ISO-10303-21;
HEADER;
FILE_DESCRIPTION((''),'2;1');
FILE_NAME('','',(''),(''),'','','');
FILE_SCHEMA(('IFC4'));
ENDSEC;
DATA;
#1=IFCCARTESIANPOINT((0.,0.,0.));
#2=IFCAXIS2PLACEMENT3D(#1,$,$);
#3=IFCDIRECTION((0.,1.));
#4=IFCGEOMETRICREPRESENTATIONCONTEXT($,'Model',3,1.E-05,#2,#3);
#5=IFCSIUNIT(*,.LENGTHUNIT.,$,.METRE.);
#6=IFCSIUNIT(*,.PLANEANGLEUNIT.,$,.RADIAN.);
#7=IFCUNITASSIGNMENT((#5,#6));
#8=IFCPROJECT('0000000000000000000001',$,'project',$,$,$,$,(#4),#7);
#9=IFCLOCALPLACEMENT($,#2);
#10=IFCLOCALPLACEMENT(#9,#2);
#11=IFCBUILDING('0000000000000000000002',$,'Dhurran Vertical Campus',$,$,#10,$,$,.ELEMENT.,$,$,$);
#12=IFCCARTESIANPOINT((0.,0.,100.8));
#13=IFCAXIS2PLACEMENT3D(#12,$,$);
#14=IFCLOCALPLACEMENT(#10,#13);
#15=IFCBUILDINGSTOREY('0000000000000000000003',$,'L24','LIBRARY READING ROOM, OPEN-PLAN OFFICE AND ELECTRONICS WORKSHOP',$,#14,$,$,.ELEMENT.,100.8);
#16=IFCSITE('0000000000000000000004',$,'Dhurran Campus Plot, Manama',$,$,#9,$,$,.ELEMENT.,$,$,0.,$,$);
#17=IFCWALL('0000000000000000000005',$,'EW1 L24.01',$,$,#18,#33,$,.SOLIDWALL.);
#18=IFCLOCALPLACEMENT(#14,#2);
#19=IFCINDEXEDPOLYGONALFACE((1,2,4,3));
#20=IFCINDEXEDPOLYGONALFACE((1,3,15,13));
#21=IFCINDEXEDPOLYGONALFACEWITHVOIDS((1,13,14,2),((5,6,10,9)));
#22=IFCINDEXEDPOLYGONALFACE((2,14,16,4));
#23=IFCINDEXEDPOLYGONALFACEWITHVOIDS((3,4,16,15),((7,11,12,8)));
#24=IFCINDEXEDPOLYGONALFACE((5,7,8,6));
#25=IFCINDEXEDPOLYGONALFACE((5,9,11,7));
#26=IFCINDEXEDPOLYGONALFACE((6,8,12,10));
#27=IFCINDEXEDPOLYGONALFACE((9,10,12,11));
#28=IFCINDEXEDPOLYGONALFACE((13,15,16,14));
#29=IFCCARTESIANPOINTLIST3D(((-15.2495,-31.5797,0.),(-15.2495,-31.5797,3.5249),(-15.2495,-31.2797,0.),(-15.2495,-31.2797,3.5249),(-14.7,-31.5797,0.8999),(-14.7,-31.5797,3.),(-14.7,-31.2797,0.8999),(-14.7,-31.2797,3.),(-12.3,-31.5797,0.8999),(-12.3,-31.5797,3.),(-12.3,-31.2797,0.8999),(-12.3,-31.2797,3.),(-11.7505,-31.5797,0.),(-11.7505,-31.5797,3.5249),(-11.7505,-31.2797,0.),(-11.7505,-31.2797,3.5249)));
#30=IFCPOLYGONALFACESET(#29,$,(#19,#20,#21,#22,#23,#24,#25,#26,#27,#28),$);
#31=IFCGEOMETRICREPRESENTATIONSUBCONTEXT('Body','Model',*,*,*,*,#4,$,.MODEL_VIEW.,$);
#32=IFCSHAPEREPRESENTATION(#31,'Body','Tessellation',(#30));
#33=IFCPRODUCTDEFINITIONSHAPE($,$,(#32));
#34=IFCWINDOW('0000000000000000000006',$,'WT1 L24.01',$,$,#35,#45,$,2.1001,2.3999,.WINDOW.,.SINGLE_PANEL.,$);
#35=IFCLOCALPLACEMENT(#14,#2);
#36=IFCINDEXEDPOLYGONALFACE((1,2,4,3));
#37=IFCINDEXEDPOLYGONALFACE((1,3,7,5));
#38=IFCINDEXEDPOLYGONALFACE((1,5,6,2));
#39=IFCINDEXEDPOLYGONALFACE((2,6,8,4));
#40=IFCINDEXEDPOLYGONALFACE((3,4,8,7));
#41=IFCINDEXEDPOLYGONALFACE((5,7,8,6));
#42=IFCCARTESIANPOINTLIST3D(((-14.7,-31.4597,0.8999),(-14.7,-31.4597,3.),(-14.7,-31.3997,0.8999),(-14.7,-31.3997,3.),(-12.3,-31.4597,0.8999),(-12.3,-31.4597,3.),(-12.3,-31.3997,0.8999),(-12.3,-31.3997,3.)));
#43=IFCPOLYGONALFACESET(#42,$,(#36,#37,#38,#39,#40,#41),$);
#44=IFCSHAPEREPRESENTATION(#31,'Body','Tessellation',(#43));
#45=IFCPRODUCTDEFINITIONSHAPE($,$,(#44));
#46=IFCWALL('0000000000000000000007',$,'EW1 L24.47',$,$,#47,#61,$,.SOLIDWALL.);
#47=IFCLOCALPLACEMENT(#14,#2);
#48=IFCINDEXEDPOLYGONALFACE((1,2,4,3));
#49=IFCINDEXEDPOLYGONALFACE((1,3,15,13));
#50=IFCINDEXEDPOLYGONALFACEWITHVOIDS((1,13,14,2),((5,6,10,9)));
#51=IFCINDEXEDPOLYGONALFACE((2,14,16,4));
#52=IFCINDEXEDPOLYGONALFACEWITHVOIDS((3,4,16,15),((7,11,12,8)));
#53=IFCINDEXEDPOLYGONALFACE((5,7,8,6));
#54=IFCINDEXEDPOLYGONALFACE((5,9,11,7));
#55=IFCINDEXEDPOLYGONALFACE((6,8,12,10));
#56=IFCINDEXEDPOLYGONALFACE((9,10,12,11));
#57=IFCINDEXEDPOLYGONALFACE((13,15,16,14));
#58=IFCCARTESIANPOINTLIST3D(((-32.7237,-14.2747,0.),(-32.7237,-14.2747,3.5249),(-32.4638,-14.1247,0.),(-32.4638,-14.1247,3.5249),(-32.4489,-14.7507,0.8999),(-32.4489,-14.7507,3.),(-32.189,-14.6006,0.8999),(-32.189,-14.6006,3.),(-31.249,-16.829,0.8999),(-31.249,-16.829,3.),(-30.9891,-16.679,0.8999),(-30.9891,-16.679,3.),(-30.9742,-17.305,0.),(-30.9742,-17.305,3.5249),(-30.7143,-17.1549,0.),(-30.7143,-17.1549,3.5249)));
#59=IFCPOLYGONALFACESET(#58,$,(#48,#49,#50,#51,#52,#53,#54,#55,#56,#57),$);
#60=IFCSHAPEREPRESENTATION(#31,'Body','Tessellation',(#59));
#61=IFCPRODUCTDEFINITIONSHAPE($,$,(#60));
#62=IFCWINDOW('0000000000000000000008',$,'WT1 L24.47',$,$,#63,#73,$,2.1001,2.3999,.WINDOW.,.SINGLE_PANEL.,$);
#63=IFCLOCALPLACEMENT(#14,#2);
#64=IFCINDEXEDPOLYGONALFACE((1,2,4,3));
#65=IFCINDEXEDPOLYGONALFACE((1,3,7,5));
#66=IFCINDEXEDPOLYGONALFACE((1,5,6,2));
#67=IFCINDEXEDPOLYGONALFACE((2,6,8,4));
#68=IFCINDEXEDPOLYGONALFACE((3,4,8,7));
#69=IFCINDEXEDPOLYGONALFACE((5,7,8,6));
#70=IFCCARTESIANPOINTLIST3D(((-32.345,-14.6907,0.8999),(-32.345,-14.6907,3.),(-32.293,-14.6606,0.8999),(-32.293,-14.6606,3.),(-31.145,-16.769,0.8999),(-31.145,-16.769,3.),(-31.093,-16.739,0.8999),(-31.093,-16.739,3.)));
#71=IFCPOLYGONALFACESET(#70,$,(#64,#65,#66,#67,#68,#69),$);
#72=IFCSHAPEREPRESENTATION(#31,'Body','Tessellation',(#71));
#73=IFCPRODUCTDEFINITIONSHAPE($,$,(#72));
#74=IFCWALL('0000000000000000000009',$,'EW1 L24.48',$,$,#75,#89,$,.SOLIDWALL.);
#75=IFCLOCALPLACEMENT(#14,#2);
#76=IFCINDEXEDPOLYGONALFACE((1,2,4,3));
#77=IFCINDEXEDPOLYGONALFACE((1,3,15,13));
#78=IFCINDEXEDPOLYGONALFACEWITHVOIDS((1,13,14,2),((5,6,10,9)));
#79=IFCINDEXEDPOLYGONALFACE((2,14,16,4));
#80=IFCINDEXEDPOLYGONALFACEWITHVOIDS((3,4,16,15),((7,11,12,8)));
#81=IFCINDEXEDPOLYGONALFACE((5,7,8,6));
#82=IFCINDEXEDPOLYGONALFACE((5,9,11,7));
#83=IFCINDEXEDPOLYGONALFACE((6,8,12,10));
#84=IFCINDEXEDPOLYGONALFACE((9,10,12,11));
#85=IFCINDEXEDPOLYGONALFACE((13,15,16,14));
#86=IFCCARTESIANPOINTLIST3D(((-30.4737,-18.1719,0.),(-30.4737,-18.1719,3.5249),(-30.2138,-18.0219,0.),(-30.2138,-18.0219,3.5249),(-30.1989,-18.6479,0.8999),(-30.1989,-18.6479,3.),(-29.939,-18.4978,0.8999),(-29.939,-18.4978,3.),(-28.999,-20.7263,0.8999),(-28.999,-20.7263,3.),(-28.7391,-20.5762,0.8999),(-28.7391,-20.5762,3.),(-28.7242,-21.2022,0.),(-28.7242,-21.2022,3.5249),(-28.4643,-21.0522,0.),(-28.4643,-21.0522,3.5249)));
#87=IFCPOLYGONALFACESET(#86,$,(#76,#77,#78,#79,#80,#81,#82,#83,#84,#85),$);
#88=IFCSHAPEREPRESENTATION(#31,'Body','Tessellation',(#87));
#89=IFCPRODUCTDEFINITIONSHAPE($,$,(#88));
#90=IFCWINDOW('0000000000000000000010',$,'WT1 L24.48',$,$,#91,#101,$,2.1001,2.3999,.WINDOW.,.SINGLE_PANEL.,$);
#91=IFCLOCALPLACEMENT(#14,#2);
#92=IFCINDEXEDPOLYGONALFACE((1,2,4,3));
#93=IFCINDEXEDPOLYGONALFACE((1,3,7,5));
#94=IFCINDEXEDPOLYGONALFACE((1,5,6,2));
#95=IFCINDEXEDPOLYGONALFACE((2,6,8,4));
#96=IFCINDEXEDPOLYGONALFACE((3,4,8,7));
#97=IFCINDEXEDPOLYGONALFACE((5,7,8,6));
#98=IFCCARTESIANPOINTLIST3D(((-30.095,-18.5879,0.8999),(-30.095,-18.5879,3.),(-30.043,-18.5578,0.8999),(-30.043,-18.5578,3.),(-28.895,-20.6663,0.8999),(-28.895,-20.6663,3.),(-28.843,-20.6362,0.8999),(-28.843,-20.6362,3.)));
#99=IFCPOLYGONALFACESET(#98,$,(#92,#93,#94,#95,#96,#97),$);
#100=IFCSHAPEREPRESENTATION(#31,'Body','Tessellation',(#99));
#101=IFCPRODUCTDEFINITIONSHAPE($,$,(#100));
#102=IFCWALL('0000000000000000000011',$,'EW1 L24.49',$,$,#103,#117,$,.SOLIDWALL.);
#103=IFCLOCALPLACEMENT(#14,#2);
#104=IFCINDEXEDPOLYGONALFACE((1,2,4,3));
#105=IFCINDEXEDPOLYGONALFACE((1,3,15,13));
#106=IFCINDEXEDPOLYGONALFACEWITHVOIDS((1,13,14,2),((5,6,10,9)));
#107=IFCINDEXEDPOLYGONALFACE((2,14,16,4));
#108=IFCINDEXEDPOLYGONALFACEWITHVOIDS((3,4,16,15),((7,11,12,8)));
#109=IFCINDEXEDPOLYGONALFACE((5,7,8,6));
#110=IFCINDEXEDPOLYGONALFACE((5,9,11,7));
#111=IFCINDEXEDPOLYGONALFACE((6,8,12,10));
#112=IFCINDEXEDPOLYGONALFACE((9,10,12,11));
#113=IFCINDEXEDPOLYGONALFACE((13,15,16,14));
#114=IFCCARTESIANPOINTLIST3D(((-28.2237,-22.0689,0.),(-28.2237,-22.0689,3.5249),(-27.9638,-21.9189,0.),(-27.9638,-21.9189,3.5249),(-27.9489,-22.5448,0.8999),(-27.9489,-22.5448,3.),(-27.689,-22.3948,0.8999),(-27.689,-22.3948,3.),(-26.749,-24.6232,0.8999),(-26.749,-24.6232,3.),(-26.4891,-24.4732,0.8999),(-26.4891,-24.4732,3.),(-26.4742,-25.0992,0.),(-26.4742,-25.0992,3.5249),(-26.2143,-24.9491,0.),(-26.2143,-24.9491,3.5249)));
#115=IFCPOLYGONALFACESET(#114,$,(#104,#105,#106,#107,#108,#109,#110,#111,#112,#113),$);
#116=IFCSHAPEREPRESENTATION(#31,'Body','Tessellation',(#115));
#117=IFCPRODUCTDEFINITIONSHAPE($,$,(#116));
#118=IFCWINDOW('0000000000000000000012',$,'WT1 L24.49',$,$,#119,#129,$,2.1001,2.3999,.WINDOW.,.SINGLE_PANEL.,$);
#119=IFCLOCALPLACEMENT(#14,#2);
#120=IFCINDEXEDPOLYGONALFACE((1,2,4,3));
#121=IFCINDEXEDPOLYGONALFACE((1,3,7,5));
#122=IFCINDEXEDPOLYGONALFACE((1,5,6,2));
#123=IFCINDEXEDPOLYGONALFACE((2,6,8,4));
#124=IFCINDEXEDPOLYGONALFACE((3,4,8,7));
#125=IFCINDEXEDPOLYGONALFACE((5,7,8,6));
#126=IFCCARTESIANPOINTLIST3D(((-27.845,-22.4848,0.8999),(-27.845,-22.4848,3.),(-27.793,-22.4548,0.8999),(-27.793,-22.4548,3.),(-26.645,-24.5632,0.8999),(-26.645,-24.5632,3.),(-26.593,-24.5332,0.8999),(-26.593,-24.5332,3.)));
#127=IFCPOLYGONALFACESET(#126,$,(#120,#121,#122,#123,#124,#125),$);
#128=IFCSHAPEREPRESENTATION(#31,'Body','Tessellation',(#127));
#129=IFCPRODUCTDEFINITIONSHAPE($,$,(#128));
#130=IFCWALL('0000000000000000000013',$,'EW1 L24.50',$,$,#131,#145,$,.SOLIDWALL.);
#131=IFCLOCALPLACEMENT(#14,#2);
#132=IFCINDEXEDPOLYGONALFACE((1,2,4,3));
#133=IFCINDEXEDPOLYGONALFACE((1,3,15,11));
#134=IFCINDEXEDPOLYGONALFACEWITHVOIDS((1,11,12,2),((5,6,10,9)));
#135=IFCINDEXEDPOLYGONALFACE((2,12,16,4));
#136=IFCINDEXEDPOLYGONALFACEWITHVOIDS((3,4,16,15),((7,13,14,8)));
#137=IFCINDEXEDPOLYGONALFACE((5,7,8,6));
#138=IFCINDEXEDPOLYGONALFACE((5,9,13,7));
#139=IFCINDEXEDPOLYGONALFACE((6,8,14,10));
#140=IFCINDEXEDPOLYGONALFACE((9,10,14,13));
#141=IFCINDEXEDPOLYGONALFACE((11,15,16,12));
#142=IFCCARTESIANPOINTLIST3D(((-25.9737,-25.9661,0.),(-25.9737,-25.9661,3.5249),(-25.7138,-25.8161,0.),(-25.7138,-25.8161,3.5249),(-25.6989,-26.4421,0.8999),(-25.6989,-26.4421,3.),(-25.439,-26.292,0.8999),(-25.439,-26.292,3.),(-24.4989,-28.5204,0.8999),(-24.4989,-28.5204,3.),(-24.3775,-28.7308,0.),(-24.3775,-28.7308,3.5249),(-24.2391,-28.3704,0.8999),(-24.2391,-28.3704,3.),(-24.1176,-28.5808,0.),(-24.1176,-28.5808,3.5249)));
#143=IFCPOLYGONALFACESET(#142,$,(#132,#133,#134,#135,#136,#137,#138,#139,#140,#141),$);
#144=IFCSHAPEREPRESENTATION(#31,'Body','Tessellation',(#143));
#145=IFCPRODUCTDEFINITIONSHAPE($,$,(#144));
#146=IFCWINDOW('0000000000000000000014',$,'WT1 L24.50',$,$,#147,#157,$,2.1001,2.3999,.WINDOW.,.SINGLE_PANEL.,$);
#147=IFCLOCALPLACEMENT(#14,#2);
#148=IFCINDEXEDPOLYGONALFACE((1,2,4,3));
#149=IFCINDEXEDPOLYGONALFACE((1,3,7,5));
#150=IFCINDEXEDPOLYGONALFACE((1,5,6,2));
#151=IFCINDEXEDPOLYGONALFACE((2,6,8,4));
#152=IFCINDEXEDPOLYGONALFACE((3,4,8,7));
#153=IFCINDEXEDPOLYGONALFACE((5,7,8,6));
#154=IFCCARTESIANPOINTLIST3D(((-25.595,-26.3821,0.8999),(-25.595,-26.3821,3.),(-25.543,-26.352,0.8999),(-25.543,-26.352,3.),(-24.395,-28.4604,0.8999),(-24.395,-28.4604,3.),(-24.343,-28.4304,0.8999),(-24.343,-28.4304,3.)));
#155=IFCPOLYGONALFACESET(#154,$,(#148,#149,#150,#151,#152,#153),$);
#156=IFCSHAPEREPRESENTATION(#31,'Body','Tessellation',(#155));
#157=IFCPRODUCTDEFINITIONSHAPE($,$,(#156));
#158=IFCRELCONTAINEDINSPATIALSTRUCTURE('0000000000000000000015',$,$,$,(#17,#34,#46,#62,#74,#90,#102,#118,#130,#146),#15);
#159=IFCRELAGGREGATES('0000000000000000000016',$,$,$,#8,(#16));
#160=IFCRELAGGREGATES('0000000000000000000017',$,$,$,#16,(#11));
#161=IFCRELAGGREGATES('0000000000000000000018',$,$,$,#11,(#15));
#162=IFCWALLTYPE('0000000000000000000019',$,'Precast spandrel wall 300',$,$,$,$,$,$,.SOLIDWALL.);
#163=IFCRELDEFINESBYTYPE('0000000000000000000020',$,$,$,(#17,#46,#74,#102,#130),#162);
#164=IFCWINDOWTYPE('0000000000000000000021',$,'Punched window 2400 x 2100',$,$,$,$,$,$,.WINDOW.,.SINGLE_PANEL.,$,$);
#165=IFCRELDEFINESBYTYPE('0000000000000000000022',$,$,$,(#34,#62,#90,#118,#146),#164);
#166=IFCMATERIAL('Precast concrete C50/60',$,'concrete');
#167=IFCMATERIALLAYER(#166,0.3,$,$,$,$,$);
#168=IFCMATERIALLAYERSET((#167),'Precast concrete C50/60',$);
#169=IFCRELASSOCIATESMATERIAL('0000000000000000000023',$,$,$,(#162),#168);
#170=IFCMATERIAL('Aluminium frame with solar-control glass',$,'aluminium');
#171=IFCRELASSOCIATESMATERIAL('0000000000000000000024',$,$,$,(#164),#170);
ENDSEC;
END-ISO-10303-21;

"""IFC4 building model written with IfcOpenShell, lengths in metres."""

from ifc_helpers import new_model, si_unit, direction, frame, frame_2d, origin, place, context, subcontext, project, spatial, rectangle, extrude, material, layer, layer_set, type_object, element, fill, save


model = new_model("IFC4")

# Units and contexts
model_context = context("Model", 3, precision=1e-05, world=origin(), true_north=direction((0.0, 1.0)))
body_context = subcontext(model_context, "Body", "Model", "MODEL_VIEW")
ifc_project = project(units=[si_unit("LENGTHUNIT", "METRE"), si_unit("PLANEANGLEUNIT", "RADIAN")], contexts=[model_context])

# Site, building, storey
site_placement = place(None, origin())
site = spatial("IfcSite", under=ifc_project, at=site_placement, Name="Dhurran Campus Plot, Manama", CompositionType="ELEMENT", RefElevation=0.0)
building_placement = place(site_placement, origin())
building = spatial("IfcBuilding", under=site, at=building_placement, Name="Dhurran Vertical Campus", CompositionType="ELEMENT")
storey_placement = place(building_placement, frame((0.0, 0.0, 100.8)))
storey = spatial("IfcBuildingStorey", under=building, at=storey_placement, Name="L24", Description="LIBRARY READING ROOM, OPEN-PLAN OFFICE AND ELECTRONICS WORKSHOP", CompositionType="ELEMENT", Elevation=100.8)

# Walls, openings, windows
ifc_material_1 = material(Name="Precast concrete C50/60", Category="concrete")
ifc_layer_1 = layer(ifc_material_1, 0.3)
ifc_layer_set_1 = layer_set([ifc_layer_1], Name="Precast concrete C50/60")
wall_type_1 = type_object("IfcWallType", Name="Precast spandrel wall 300", PredefinedType="SOLIDWALL", material=ifc_layer_set_1)
ifc_material_2 = material(Name="Aluminium frame with solar-control glass", Category="aluminium")
window_type = type_object("IfcWindowType", Name="Punched window 2400 x 2100", PartitioningType="SINGLE_PANEL", PredefinedType="WINDOW", material=ifc_material_2)
wall_1_placement = place(storey_placement, frame((-15.2495, -31.4297, 0.0), z_axis=(0.0, 0.0, 1.0), x_axis=(1.0, 0.0, 0.0)))
wall_1 = element("IfcWall", 1, at=wall_1_placement, inside=storey, type_object=wall_type_1, Name="EW1 L24.01", PredefinedType="SOLIDWALL", context=body_context, shape_type="SweptSolid", body=[
    extrude(rectangle(XDim=3.499, YDim=0.3, at=frame_2d((1.7495, 0.0))), origin(), (0.0, 0.0, 1.0), 3.5249),
])
opening_1_placement = place(wall_1_placement, frame((0.5496, 0.0, 0.8999)))
opening_1 = element("IfcOpeningElement", 2, at=opening_1_placement, cuts=wall_1, PredefinedType="OPENING", context=body_context, shape_type="SweptSolid", body=[
    extrude(rectangle(XDim=2.3999, YDim=2.1001, at=frame_2d((1.2, 1.05))), frame((0.0, 0.1599, 0.0), z_axis=(0.0, -1.0, 0.0), x_axis=(1.0, 0.0, 0.0)), (0.0, 0.0, 1.0), 0.3201),
])
window_1_placement = place(opening_1_placement, origin())
window_1 = element("IfcWindow", 3, at=window_1_placement, inside=storey, type_object=window_type, Name="WT1 L24.01", OverallHeight=2.1001, OverallWidth=2.3999, PartitioningType="SINGLE_PANEL", PredefinedType="WINDOW", context=body_context, shape_type="SweptSolid", body=[
    extrude(rectangle(XDim=2.3999, YDim=2.1001, at=frame_2d((1.2, 1.05))), frame((0.0, 0.03, 0.0), z_axis=(0.0, -1.0, 0.0), x_axis=(1.0, 0.0, 0.0)), (0.0, 0.0, 1.0), 0.0601),
])
fill(opening_1, window_1)
wall_2_placement = place(storey_placement, frame((-32.5938, -14.1997, 0.0), z_axis=(0.0, 0.0, 1.0), x_axis=(0.499996, -0.866028, 0.0)))
wall_2 = element("IfcWall", 4, at=wall_2_placement, inside=storey, type_object=wall_type_1, Name="EW1 L24.47", PredefinedType="SOLIDWALL", context=body_context, shape_type="SweptSolid", body=[
    extrude(rectangle(XDim=3.499, YDim=0.3, at=frame_2d((1.7495, 0.0))), origin(), (0.0, 0.0, 1.0), 3.5249),
])
opening_2_placement = place(wall_2_placement, frame((0.5496, 0.0, 0.8999)))
opening_2 = element("IfcOpeningElement", 5, at=opening_2_placement, cuts=wall_2, PredefinedType="OPENING", context=body_context, shape_type="SweptSolid", body=[
    extrude(rectangle(XDim=2.3999, YDim=2.1001, at=frame_2d((1.2, 1.05))), frame((0.0, 0.1599, 0.0), z_axis=(0.0, -1.0, 0.0), x_axis=(1.0, 0.0, 0.0)), (0.0, 0.0, 1.0), 0.3201),
])
window_2_placement = place(opening_2_placement, origin())
window_2 = element("IfcWindow", 6, at=window_2_placement, inside=storey, type_object=window_type, Name="WT1 L24.47", OverallHeight=2.1001, OverallWidth=2.3999, PartitioningType="SINGLE_PANEL", PredefinedType="WINDOW", context=body_context, shape_type="SweptSolid", body=[
    extrude(rectangle(XDim=2.3999, YDim=2.1001, at=frame_2d((1.2, 1.05))), frame((0.0, 0.03, 0.0), z_axis=(0.0, -1.0, 0.0), x_axis=(1.0, 0.0, 0.0)), (0.0, 0.0, 1.0), 0.0601),
])
fill(opening_2, window_2)
wall_3_placement = place(storey_placement, frame((-30.3438, -18.0969, 0.0), z_axis=(0.0, 0.0, 1.0), x_axis=(0.499996, -0.866028, 0.0)))
wall_3 = element("IfcWall", 7, at=wall_3_placement, inside=storey, type_object=wall_type_1, Name="EW1 L24.48", PredefinedType="SOLIDWALL", context=body_context, shape_type="SweptSolid", body=[
    extrude(rectangle(XDim=3.499, YDim=0.3, at=frame_2d((1.7495, 0.0))), origin(), (0.0, 0.0, 1.0), 3.5249),
])
opening_3_placement = place(wall_3_placement, frame((0.5496, 0.0, 0.8999)))
opening_3 = element("IfcOpeningElement", 8, at=opening_3_placement, cuts=wall_3, PredefinedType="OPENING", context=body_context, shape_type="SweptSolid", body=[
    extrude(rectangle(XDim=2.3999, YDim=2.1001, at=frame_2d((1.2, 1.05))), frame((0.0, 0.1599, 0.0), z_axis=(0.0, -1.0, 0.0), x_axis=(1.0, 0.0, 0.0)), (0.0, 0.0, 1.0), 0.3201),
])
window_3_placement = place(opening_3_placement, origin())
window_3 = element("IfcWindow", 9, at=window_3_placement, inside=storey, type_object=window_type, Name="WT1 L24.48", OverallHeight=2.1001, OverallWidth=2.3999, PartitioningType="SINGLE_PANEL", PredefinedType="WINDOW", context=body_context, shape_type="SweptSolid", body=[
    extrude(rectangle(XDim=2.3999, YDim=2.1001, at=frame_2d((1.2, 1.05))), frame((0.0, 0.03, 0.0), z_axis=(0.0, -1.0, 0.0), x_axis=(1.0, 0.0, 0.0)), (0.0, 0.0, 1.0), 0.0601),
])
fill(opening_3, window_3)
wall_4_placement = place(storey_placement, frame((-28.0938, -21.9939, 0.0), z_axis=(0.0, 0.0, 1.0), x_axis=(0.499996, -0.866028, 0.0)))
wall_4 = element("IfcWall", 10, at=wall_4_placement, inside=storey, type_object=wall_type_1, Name="EW1 L24.49", PredefinedType="SOLIDWALL", context=body_context, shape_type="SweptSolid", body=[
    extrude(rectangle(XDim=3.499, YDim=0.3, at=frame_2d((1.7495, 0.0))), origin(), (0.0, 0.0, 1.0), 3.5249),
])
opening_4_placement = place(wall_4_placement, frame((0.5496, 0.0, 0.8999)))
opening_4 = element("IfcOpeningElement", 11, at=opening_4_placement, cuts=wall_4, PredefinedType="OPENING", context=body_context, shape_type="SweptSolid", body=[
    extrude(rectangle(XDim=2.3999, YDim=2.1001, at=frame_2d((1.2, 1.05))), frame((0.0, 0.1599, 0.0), z_axis=(0.0, -1.0, 0.0), x_axis=(1.0, 0.0, 0.0)), (0.0, 0.0, 1.0), 0.3201),
])
window_4_placement = place(opening_4_placement, origin())
window_4 = element("IfcWindow", 12, at=window_4_placement, inside=storey, type_object=window_type, Name="WT1 L24.49", OverallHeight=2.1001, OverallWidth=2.3999, PartitioningType="SINGLE_PANEL", PredefinedType="WINDOW", context=body_context, shape_type="SweptSolid", body=[
    extrude(rectangle(XDim=2.3999, YDim=2.1001, at=frame_2d((1.2, 1.05))), frame((0.0, 0.03, 0.0), z_axis=(0.0, -1.0, 0.0), x_axis=(1.0, 0.0, 0.0)), (0.0, 0.0, 1.0), 0.0601),
])
fill(opening_4, window_4)
wall_5_placement = place(storey_placement, frame((-25.8438, -25.8911, 0.0), z_axis=(0.0, 0.0, 1.0), x_axis=(0.500005, -0.866023, 0.0)))
wall_5 = element("IfcWall", 13, at=wall_5_placement, inside=storey, type_object=wall_type_1, Name="EW1 L24.50", PredefinedType="SOLIDWALL", context=body_context, shape_type="SweptSolid", body=[
    extrude(rectangle(XDim=3.1924, YDim=0.3, at=frame_2d((1.5962, 0.0))), origin(), (0.0, 0.0, 1.0), 3.5249),
])
opening_5_placement = place(wall_5_placement, frame((0.5496, 0.0, 0.8999)))
opening_5 = element("IfcOpeningElement", 14, at=opening_5_placement, cuts=wall_5, PredefinedType="OPENING", context=body_context, shape_type="SweptSolid", body=[
    extrude(rectangle(XDim=2.3999, YDim=2.1001, at=frame_2d((1.2, 1.05))), frame((0.0, 0.1599, 0.0), z_axis=(0.0, -1.0, 0.0), x_axis=(1.0, 0.0, 0.0)), (0.0, 0.0, 1.0), 0.3201),
])
window_5_placement = place(opening_5_placement, origin())
window_5 = element("IfcWindow", 15, at=window_5_placement, inside=storey, type_object=window_type, Name="WT1 L24.50", OverallHeight=2.1001, OverallWidth=2.3999, PartitioningType="SINGLE_PANEL", PredefinedType="WINDOW", context=body_context, shape_type="SweptSolid", body=[
    extrude(rectangle(XDim=2.3999, YDim=2.1001, at=frame_2d((1.2, 1.05))), frame((0.0, 0.03, 0.0), z_axis=(0.0, -1.0, 0.0), x_axis=(1.0, 0.0, 0.0)), (0.0, 0.0, 1.0), 0.0601),
])
fill(opening_5, window_5)

save(model, "model.ifc")
